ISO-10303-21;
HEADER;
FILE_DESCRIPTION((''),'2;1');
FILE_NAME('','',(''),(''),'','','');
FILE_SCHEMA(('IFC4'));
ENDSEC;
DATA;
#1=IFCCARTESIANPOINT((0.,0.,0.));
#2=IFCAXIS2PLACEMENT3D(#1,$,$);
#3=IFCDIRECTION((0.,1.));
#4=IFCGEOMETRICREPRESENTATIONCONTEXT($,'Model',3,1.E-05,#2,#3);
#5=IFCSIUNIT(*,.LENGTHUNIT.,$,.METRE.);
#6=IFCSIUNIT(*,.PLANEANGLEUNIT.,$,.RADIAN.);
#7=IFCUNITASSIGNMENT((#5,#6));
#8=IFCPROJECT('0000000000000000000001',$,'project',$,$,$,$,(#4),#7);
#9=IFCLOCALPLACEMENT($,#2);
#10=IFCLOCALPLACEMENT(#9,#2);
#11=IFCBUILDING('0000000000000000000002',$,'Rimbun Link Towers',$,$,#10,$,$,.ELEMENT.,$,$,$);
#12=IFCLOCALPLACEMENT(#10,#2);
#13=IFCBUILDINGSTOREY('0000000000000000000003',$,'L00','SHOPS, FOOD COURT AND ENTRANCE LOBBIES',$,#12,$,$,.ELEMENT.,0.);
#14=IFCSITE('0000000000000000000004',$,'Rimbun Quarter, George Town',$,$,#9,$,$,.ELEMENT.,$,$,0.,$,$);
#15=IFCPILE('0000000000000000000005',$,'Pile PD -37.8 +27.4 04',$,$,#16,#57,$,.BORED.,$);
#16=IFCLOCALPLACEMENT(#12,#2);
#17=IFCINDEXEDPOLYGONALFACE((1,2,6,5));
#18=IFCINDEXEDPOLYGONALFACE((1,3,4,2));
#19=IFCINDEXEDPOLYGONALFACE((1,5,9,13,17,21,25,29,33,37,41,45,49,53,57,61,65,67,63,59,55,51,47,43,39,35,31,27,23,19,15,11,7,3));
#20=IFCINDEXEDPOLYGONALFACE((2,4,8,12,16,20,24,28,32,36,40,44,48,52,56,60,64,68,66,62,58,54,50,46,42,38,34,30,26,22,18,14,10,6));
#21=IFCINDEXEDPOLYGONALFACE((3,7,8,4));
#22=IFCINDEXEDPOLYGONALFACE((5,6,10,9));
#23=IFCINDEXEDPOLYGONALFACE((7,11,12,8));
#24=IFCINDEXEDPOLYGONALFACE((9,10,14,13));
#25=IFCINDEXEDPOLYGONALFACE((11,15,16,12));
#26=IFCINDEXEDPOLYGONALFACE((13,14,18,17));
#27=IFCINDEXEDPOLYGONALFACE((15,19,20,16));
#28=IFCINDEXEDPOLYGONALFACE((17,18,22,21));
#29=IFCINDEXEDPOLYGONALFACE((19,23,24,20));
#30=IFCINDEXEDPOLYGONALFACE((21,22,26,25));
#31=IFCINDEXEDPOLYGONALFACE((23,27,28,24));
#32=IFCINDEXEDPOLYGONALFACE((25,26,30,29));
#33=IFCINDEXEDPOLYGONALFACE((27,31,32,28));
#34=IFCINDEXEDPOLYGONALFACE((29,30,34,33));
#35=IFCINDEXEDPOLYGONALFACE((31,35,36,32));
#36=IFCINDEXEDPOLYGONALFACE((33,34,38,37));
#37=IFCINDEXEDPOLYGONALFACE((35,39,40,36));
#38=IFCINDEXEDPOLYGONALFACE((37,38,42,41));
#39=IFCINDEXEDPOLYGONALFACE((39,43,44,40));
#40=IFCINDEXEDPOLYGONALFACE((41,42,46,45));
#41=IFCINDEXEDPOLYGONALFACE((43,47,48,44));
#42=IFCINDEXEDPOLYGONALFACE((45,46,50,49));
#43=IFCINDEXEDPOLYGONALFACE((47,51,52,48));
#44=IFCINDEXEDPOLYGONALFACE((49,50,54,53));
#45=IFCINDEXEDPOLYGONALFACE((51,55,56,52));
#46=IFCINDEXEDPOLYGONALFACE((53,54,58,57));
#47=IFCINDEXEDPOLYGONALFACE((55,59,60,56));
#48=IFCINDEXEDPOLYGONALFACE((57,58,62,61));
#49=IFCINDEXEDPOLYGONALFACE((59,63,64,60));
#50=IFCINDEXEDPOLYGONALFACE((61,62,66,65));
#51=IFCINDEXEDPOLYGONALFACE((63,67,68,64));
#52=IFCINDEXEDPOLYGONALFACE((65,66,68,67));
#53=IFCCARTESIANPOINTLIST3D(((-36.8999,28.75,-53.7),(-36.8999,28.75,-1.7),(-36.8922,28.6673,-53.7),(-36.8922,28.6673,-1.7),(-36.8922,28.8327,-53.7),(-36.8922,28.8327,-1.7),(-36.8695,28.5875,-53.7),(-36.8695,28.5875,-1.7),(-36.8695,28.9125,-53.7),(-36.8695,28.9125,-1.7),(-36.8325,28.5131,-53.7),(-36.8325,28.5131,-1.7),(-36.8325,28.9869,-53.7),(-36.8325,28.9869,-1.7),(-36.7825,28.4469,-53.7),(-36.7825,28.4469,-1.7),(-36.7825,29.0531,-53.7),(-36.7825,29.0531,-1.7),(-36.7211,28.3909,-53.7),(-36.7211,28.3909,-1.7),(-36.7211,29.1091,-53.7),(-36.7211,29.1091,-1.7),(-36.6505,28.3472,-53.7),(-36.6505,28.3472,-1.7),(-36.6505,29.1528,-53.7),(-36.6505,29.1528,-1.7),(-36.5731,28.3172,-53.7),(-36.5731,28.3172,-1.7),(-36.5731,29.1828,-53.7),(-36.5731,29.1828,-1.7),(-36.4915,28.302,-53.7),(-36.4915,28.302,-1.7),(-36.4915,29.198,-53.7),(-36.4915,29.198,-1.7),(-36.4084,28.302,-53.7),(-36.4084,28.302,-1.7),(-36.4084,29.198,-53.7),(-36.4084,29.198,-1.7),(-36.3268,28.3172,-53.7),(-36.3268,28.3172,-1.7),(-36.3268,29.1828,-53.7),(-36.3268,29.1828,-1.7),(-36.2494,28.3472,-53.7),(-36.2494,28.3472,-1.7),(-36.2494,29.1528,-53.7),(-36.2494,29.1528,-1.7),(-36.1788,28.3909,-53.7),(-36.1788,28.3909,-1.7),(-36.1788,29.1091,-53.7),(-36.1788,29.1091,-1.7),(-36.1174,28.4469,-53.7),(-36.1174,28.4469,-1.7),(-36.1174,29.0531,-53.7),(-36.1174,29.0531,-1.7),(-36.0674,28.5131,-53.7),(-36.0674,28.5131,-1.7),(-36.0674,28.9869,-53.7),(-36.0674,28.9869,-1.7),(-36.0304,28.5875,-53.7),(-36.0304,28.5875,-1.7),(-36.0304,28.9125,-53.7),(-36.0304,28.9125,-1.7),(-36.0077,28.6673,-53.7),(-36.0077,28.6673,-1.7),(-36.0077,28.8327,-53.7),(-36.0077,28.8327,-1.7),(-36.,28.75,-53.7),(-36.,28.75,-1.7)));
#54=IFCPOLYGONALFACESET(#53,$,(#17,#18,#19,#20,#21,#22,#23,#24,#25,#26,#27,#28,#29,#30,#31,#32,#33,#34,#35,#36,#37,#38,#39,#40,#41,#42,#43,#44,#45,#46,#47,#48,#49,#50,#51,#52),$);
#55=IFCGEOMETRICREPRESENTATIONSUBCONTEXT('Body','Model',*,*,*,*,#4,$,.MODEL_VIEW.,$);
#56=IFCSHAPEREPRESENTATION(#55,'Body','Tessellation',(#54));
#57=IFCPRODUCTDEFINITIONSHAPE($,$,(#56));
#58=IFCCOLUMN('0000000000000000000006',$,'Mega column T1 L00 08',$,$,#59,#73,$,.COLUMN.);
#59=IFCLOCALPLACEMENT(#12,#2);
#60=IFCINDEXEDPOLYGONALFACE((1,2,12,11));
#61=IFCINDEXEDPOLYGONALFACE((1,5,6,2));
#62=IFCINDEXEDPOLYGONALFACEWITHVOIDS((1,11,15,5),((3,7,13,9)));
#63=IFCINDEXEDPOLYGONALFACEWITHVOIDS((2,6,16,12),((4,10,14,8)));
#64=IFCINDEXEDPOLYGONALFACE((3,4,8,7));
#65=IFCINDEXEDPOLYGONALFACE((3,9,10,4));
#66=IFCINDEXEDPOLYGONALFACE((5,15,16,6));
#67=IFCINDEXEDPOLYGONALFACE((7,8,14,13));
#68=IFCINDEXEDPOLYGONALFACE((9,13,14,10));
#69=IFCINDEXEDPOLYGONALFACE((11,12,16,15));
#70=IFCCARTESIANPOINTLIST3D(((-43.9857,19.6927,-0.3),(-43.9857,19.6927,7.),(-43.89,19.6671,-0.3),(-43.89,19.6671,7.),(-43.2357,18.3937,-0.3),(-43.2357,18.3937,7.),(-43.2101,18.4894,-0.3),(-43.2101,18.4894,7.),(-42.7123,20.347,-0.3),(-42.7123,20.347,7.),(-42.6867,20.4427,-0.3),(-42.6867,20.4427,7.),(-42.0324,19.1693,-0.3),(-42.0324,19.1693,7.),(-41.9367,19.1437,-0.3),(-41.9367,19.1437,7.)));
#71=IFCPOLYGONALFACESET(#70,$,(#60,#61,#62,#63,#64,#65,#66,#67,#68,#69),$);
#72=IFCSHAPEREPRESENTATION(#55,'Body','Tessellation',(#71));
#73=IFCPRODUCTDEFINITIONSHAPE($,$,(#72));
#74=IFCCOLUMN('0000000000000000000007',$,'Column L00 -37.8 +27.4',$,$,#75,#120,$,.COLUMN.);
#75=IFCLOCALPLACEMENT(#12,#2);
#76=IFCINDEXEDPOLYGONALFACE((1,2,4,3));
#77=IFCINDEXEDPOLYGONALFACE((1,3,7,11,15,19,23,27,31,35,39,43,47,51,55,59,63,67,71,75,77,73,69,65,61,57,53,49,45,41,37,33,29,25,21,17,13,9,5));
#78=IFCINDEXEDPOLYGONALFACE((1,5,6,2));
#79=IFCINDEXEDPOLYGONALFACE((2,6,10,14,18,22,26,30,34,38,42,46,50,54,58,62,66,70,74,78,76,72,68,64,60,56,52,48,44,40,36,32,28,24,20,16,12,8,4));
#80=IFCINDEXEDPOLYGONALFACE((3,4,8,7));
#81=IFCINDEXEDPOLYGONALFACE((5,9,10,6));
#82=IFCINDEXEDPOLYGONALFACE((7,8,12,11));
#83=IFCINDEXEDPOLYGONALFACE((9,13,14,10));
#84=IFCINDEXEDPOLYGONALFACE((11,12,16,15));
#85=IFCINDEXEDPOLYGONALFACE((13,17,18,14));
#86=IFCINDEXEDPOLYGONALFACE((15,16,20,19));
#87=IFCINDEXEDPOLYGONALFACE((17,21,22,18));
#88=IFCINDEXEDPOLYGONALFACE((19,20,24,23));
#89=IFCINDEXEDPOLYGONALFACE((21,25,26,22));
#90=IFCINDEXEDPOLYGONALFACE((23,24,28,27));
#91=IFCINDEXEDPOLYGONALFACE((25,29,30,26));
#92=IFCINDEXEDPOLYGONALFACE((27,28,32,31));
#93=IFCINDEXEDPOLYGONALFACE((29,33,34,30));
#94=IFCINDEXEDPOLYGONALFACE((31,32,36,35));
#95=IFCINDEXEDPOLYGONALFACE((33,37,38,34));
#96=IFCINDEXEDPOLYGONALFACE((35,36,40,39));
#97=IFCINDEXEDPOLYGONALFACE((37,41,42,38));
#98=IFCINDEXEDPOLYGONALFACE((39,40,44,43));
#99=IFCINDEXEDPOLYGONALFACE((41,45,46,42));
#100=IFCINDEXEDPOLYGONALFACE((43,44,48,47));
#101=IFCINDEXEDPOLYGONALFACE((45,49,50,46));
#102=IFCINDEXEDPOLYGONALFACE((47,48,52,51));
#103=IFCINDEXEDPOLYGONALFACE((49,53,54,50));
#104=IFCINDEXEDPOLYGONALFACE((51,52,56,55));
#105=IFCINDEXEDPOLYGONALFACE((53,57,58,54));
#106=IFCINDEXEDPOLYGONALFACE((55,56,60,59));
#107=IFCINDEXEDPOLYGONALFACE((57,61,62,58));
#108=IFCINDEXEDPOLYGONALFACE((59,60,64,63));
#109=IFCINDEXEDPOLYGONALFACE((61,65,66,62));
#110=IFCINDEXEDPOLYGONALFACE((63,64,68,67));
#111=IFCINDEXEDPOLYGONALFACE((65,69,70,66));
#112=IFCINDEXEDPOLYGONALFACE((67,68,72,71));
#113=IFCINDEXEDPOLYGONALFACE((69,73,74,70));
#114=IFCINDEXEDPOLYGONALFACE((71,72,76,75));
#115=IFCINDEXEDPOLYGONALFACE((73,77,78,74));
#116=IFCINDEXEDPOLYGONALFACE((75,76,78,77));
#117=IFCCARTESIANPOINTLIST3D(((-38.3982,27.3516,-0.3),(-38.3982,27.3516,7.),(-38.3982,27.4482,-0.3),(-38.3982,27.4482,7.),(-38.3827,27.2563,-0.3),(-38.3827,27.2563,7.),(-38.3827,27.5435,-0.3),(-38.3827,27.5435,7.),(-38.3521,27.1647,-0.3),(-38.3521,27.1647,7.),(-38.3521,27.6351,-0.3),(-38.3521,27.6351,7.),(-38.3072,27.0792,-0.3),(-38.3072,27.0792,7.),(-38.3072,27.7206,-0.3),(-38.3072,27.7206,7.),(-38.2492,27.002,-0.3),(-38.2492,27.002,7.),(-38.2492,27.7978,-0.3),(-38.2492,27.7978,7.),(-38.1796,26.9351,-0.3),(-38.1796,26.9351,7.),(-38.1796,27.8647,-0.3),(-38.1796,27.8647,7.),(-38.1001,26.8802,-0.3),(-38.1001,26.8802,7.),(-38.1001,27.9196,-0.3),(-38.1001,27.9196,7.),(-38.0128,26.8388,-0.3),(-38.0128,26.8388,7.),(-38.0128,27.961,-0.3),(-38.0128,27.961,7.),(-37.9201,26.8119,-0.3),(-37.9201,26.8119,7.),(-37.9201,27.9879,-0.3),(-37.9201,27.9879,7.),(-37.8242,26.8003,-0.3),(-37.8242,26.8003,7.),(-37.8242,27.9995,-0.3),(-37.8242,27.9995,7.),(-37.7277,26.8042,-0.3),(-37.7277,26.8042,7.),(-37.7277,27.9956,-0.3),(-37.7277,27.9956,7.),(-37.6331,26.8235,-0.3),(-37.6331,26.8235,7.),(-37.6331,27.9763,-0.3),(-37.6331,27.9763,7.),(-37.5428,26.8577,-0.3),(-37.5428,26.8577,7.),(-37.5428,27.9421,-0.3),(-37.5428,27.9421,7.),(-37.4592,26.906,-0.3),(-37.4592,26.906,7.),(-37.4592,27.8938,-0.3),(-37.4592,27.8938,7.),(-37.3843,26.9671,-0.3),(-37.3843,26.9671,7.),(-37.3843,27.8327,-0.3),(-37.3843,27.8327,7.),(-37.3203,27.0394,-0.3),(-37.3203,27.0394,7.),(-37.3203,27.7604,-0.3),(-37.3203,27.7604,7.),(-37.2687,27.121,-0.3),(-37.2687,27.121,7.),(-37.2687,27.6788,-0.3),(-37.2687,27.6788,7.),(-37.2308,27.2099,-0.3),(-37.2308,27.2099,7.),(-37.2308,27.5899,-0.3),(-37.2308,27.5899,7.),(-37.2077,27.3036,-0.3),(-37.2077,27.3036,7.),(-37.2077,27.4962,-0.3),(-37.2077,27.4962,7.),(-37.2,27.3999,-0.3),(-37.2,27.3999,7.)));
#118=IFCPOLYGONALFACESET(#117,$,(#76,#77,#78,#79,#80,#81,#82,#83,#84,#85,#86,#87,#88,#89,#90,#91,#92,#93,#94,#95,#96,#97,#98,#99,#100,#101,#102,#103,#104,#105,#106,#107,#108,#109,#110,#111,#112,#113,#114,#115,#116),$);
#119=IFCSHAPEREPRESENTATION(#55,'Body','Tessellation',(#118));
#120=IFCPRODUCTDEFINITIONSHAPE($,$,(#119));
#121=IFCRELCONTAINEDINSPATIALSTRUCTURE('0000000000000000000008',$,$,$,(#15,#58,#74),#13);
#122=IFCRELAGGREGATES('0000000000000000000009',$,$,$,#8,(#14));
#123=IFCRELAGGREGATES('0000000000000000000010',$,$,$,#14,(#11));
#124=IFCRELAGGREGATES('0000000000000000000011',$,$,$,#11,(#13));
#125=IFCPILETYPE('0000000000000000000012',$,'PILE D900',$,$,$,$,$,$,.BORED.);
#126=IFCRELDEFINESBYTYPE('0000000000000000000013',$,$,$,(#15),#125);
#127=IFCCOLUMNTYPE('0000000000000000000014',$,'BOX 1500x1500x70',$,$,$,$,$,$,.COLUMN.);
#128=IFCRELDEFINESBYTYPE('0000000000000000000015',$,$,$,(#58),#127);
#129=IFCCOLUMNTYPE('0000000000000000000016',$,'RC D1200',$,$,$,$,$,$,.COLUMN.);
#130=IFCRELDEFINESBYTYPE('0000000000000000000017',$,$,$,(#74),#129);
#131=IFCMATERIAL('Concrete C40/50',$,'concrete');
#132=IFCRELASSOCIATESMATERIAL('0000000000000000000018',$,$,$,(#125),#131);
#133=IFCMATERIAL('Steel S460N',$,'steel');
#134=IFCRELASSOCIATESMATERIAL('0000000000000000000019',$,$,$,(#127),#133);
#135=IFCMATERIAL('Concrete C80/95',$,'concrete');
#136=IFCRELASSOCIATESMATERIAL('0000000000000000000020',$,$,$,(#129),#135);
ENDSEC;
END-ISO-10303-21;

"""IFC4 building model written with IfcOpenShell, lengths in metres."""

from ifc_helpers import new_model, si_unit, direction, frame, origin, origin_2d, place, context, subcontext, project, spatial, hollow_rectangle, circle, extrude, material, material_profile, profile_set, type_object, element, save


model = new_model("IFC4")

# Units and contexts
model_context = context("Model", 3, precision=1e-05, world=origin(), true_north=direction((0.0, 1.0)))
body_context = subcontext(model_context, "Body", "Model", "MODEL_VIEW")
ifc_project = project(units=[si_unit("LENGTHUNIT", "METRE"), si_unit("PLANEANGLEUNIT", "RADIAN")], contexts=[model_context])

# Site, building, storey
site_placement = place(None, origin())
site = spatial("IfcSite", under=ifc_project, at=site_placement, Name="Rimbun Quarter, George Town", CompositionType="ELEMENT", RefElevation=0.0)
building_placement = place(site_placement, origin())
building = spatial("IfcBuilding", under=site, at=building_placement, Name="Rimbun Link Towers", CompositionType="ELEMENT")
storey_placement = place(building_placement, origin())
storey = spatial("IfcBuildingStorey", under=building, at=storey_placement, Name="L00", Description="SHOPS, FOOD COURT AND ENTRANCE LOBBIES", CompositionType="ELEMENT", Elevation=0.0)

# Pile
ifc_material_1 = material(Name="Concrete C40/50", Category="concrete")
ifc_material_profile_1 = material_profile(ifc_material_1, circle(Radius=0.45, at=origin_2d()), Name="PILE D900")
ifc_profile_set_1 = profile_set([ifc_material_profile_1], Name="Concrete C40/50")
pile_type_1 = type_object("IfcPileType", Name="PILE D900", PredefinedType="BORED", material=ifc_profile_set_1)
for number, where, z_axis, x_axis, name in (
    (1, (-36.45, 28.75, -1.7), (0.0, 0.0, -1.0), (1.0, 0.0, 0.0), "Pile PD -37.8 +27.4 04"),
):
    element("IfcPile", number, at=place(storey_placement, frame(where, z_axis=z_axis, x_axis=x_axis)), inside=storey, type_object=pile_type_1, Name=name, PredefinedType="BORED", context=body_context, shape_type="SweptSolid", body=[
        extrude(circle(Radius=0.45, at=origin_2d()), origin(), (0.0, 0.0, 1.0), 52.0),
    ])

# Columns
ifc_material_2 = material(Name="Steel S460N", Category="steel")
ifc_material_profile_2 = material_profile(ifc_material_2, hollow_rectangle(XDim=1.5, YDim=1.5, WallThickness=0.0701, at=origin_2d()), Name="BOX 1500x1500x70")
ifc_profile_set_2 = profile_set([ifc_material_profile_2], Name="Steel S460N")
column_type_1 = type_object("IfcColumnType", Name="BOX 1500x1500x70", PredefinedType="COLUMN", material=ifc_profile_set_2)
column_1_placement = place(storey_placement, frame((-42.9612, 19.4182, -0.3), z_axis=(0.0, 0.0, 1.0), x_axis=(-0.5, 0.866025, 0.0)))
element("IfcColumn", 2, at=column_1_placement, inside=storey, type_object=column_type_1, Name="Mega column T1 L00 08", PredefinedType="COLUMN", context=body_context, shape_type="SweptSolid", body=[
    extrude(hollow_rectangle(XDim=1.5, YDim=1.5, WallThickness=0.0701, at=origin_2d()), origin(), (0.0, 0.0, 1.0), 7.3),
])
ifc_material_3 = material(Name="Concrete C80/95", Category="concrete")
ifc_material_profile_3 = material_profile(ifc_material_3, circle(Radius=0.6001, at=origin_2d()), Name="RC D1200")
ifc_profile_set_3 = profile_set([ifc_material_profile_3], Name="Concrete C80/95")
column_type_2 = type_object("IfcColumnType", Name="RC D1200", PredefinedType="COLUMN", material=ifc_profile_set_3)
column_2_placement = place(storey_placement, frame((-37.8, 27.3999, -0.3), z_axis=(0.0, 0.0, 1.0), x_axis=(1.0, 0.0, 0.0)))
element("IfcColumn", 3, at=column_2_placement, inside=storey, type_object=column_type_2, Name="Column L00 -37.8 +27.4", PredefinedType="COLUMN", context=body_context, shape_type="SweptSolid", body=[
    extrude(circle(Radius=0.6001, at=origin_2d()), origin(), (0.0, 0.0, 1.0), 7.3),
])

save(model, "model.ifc")
